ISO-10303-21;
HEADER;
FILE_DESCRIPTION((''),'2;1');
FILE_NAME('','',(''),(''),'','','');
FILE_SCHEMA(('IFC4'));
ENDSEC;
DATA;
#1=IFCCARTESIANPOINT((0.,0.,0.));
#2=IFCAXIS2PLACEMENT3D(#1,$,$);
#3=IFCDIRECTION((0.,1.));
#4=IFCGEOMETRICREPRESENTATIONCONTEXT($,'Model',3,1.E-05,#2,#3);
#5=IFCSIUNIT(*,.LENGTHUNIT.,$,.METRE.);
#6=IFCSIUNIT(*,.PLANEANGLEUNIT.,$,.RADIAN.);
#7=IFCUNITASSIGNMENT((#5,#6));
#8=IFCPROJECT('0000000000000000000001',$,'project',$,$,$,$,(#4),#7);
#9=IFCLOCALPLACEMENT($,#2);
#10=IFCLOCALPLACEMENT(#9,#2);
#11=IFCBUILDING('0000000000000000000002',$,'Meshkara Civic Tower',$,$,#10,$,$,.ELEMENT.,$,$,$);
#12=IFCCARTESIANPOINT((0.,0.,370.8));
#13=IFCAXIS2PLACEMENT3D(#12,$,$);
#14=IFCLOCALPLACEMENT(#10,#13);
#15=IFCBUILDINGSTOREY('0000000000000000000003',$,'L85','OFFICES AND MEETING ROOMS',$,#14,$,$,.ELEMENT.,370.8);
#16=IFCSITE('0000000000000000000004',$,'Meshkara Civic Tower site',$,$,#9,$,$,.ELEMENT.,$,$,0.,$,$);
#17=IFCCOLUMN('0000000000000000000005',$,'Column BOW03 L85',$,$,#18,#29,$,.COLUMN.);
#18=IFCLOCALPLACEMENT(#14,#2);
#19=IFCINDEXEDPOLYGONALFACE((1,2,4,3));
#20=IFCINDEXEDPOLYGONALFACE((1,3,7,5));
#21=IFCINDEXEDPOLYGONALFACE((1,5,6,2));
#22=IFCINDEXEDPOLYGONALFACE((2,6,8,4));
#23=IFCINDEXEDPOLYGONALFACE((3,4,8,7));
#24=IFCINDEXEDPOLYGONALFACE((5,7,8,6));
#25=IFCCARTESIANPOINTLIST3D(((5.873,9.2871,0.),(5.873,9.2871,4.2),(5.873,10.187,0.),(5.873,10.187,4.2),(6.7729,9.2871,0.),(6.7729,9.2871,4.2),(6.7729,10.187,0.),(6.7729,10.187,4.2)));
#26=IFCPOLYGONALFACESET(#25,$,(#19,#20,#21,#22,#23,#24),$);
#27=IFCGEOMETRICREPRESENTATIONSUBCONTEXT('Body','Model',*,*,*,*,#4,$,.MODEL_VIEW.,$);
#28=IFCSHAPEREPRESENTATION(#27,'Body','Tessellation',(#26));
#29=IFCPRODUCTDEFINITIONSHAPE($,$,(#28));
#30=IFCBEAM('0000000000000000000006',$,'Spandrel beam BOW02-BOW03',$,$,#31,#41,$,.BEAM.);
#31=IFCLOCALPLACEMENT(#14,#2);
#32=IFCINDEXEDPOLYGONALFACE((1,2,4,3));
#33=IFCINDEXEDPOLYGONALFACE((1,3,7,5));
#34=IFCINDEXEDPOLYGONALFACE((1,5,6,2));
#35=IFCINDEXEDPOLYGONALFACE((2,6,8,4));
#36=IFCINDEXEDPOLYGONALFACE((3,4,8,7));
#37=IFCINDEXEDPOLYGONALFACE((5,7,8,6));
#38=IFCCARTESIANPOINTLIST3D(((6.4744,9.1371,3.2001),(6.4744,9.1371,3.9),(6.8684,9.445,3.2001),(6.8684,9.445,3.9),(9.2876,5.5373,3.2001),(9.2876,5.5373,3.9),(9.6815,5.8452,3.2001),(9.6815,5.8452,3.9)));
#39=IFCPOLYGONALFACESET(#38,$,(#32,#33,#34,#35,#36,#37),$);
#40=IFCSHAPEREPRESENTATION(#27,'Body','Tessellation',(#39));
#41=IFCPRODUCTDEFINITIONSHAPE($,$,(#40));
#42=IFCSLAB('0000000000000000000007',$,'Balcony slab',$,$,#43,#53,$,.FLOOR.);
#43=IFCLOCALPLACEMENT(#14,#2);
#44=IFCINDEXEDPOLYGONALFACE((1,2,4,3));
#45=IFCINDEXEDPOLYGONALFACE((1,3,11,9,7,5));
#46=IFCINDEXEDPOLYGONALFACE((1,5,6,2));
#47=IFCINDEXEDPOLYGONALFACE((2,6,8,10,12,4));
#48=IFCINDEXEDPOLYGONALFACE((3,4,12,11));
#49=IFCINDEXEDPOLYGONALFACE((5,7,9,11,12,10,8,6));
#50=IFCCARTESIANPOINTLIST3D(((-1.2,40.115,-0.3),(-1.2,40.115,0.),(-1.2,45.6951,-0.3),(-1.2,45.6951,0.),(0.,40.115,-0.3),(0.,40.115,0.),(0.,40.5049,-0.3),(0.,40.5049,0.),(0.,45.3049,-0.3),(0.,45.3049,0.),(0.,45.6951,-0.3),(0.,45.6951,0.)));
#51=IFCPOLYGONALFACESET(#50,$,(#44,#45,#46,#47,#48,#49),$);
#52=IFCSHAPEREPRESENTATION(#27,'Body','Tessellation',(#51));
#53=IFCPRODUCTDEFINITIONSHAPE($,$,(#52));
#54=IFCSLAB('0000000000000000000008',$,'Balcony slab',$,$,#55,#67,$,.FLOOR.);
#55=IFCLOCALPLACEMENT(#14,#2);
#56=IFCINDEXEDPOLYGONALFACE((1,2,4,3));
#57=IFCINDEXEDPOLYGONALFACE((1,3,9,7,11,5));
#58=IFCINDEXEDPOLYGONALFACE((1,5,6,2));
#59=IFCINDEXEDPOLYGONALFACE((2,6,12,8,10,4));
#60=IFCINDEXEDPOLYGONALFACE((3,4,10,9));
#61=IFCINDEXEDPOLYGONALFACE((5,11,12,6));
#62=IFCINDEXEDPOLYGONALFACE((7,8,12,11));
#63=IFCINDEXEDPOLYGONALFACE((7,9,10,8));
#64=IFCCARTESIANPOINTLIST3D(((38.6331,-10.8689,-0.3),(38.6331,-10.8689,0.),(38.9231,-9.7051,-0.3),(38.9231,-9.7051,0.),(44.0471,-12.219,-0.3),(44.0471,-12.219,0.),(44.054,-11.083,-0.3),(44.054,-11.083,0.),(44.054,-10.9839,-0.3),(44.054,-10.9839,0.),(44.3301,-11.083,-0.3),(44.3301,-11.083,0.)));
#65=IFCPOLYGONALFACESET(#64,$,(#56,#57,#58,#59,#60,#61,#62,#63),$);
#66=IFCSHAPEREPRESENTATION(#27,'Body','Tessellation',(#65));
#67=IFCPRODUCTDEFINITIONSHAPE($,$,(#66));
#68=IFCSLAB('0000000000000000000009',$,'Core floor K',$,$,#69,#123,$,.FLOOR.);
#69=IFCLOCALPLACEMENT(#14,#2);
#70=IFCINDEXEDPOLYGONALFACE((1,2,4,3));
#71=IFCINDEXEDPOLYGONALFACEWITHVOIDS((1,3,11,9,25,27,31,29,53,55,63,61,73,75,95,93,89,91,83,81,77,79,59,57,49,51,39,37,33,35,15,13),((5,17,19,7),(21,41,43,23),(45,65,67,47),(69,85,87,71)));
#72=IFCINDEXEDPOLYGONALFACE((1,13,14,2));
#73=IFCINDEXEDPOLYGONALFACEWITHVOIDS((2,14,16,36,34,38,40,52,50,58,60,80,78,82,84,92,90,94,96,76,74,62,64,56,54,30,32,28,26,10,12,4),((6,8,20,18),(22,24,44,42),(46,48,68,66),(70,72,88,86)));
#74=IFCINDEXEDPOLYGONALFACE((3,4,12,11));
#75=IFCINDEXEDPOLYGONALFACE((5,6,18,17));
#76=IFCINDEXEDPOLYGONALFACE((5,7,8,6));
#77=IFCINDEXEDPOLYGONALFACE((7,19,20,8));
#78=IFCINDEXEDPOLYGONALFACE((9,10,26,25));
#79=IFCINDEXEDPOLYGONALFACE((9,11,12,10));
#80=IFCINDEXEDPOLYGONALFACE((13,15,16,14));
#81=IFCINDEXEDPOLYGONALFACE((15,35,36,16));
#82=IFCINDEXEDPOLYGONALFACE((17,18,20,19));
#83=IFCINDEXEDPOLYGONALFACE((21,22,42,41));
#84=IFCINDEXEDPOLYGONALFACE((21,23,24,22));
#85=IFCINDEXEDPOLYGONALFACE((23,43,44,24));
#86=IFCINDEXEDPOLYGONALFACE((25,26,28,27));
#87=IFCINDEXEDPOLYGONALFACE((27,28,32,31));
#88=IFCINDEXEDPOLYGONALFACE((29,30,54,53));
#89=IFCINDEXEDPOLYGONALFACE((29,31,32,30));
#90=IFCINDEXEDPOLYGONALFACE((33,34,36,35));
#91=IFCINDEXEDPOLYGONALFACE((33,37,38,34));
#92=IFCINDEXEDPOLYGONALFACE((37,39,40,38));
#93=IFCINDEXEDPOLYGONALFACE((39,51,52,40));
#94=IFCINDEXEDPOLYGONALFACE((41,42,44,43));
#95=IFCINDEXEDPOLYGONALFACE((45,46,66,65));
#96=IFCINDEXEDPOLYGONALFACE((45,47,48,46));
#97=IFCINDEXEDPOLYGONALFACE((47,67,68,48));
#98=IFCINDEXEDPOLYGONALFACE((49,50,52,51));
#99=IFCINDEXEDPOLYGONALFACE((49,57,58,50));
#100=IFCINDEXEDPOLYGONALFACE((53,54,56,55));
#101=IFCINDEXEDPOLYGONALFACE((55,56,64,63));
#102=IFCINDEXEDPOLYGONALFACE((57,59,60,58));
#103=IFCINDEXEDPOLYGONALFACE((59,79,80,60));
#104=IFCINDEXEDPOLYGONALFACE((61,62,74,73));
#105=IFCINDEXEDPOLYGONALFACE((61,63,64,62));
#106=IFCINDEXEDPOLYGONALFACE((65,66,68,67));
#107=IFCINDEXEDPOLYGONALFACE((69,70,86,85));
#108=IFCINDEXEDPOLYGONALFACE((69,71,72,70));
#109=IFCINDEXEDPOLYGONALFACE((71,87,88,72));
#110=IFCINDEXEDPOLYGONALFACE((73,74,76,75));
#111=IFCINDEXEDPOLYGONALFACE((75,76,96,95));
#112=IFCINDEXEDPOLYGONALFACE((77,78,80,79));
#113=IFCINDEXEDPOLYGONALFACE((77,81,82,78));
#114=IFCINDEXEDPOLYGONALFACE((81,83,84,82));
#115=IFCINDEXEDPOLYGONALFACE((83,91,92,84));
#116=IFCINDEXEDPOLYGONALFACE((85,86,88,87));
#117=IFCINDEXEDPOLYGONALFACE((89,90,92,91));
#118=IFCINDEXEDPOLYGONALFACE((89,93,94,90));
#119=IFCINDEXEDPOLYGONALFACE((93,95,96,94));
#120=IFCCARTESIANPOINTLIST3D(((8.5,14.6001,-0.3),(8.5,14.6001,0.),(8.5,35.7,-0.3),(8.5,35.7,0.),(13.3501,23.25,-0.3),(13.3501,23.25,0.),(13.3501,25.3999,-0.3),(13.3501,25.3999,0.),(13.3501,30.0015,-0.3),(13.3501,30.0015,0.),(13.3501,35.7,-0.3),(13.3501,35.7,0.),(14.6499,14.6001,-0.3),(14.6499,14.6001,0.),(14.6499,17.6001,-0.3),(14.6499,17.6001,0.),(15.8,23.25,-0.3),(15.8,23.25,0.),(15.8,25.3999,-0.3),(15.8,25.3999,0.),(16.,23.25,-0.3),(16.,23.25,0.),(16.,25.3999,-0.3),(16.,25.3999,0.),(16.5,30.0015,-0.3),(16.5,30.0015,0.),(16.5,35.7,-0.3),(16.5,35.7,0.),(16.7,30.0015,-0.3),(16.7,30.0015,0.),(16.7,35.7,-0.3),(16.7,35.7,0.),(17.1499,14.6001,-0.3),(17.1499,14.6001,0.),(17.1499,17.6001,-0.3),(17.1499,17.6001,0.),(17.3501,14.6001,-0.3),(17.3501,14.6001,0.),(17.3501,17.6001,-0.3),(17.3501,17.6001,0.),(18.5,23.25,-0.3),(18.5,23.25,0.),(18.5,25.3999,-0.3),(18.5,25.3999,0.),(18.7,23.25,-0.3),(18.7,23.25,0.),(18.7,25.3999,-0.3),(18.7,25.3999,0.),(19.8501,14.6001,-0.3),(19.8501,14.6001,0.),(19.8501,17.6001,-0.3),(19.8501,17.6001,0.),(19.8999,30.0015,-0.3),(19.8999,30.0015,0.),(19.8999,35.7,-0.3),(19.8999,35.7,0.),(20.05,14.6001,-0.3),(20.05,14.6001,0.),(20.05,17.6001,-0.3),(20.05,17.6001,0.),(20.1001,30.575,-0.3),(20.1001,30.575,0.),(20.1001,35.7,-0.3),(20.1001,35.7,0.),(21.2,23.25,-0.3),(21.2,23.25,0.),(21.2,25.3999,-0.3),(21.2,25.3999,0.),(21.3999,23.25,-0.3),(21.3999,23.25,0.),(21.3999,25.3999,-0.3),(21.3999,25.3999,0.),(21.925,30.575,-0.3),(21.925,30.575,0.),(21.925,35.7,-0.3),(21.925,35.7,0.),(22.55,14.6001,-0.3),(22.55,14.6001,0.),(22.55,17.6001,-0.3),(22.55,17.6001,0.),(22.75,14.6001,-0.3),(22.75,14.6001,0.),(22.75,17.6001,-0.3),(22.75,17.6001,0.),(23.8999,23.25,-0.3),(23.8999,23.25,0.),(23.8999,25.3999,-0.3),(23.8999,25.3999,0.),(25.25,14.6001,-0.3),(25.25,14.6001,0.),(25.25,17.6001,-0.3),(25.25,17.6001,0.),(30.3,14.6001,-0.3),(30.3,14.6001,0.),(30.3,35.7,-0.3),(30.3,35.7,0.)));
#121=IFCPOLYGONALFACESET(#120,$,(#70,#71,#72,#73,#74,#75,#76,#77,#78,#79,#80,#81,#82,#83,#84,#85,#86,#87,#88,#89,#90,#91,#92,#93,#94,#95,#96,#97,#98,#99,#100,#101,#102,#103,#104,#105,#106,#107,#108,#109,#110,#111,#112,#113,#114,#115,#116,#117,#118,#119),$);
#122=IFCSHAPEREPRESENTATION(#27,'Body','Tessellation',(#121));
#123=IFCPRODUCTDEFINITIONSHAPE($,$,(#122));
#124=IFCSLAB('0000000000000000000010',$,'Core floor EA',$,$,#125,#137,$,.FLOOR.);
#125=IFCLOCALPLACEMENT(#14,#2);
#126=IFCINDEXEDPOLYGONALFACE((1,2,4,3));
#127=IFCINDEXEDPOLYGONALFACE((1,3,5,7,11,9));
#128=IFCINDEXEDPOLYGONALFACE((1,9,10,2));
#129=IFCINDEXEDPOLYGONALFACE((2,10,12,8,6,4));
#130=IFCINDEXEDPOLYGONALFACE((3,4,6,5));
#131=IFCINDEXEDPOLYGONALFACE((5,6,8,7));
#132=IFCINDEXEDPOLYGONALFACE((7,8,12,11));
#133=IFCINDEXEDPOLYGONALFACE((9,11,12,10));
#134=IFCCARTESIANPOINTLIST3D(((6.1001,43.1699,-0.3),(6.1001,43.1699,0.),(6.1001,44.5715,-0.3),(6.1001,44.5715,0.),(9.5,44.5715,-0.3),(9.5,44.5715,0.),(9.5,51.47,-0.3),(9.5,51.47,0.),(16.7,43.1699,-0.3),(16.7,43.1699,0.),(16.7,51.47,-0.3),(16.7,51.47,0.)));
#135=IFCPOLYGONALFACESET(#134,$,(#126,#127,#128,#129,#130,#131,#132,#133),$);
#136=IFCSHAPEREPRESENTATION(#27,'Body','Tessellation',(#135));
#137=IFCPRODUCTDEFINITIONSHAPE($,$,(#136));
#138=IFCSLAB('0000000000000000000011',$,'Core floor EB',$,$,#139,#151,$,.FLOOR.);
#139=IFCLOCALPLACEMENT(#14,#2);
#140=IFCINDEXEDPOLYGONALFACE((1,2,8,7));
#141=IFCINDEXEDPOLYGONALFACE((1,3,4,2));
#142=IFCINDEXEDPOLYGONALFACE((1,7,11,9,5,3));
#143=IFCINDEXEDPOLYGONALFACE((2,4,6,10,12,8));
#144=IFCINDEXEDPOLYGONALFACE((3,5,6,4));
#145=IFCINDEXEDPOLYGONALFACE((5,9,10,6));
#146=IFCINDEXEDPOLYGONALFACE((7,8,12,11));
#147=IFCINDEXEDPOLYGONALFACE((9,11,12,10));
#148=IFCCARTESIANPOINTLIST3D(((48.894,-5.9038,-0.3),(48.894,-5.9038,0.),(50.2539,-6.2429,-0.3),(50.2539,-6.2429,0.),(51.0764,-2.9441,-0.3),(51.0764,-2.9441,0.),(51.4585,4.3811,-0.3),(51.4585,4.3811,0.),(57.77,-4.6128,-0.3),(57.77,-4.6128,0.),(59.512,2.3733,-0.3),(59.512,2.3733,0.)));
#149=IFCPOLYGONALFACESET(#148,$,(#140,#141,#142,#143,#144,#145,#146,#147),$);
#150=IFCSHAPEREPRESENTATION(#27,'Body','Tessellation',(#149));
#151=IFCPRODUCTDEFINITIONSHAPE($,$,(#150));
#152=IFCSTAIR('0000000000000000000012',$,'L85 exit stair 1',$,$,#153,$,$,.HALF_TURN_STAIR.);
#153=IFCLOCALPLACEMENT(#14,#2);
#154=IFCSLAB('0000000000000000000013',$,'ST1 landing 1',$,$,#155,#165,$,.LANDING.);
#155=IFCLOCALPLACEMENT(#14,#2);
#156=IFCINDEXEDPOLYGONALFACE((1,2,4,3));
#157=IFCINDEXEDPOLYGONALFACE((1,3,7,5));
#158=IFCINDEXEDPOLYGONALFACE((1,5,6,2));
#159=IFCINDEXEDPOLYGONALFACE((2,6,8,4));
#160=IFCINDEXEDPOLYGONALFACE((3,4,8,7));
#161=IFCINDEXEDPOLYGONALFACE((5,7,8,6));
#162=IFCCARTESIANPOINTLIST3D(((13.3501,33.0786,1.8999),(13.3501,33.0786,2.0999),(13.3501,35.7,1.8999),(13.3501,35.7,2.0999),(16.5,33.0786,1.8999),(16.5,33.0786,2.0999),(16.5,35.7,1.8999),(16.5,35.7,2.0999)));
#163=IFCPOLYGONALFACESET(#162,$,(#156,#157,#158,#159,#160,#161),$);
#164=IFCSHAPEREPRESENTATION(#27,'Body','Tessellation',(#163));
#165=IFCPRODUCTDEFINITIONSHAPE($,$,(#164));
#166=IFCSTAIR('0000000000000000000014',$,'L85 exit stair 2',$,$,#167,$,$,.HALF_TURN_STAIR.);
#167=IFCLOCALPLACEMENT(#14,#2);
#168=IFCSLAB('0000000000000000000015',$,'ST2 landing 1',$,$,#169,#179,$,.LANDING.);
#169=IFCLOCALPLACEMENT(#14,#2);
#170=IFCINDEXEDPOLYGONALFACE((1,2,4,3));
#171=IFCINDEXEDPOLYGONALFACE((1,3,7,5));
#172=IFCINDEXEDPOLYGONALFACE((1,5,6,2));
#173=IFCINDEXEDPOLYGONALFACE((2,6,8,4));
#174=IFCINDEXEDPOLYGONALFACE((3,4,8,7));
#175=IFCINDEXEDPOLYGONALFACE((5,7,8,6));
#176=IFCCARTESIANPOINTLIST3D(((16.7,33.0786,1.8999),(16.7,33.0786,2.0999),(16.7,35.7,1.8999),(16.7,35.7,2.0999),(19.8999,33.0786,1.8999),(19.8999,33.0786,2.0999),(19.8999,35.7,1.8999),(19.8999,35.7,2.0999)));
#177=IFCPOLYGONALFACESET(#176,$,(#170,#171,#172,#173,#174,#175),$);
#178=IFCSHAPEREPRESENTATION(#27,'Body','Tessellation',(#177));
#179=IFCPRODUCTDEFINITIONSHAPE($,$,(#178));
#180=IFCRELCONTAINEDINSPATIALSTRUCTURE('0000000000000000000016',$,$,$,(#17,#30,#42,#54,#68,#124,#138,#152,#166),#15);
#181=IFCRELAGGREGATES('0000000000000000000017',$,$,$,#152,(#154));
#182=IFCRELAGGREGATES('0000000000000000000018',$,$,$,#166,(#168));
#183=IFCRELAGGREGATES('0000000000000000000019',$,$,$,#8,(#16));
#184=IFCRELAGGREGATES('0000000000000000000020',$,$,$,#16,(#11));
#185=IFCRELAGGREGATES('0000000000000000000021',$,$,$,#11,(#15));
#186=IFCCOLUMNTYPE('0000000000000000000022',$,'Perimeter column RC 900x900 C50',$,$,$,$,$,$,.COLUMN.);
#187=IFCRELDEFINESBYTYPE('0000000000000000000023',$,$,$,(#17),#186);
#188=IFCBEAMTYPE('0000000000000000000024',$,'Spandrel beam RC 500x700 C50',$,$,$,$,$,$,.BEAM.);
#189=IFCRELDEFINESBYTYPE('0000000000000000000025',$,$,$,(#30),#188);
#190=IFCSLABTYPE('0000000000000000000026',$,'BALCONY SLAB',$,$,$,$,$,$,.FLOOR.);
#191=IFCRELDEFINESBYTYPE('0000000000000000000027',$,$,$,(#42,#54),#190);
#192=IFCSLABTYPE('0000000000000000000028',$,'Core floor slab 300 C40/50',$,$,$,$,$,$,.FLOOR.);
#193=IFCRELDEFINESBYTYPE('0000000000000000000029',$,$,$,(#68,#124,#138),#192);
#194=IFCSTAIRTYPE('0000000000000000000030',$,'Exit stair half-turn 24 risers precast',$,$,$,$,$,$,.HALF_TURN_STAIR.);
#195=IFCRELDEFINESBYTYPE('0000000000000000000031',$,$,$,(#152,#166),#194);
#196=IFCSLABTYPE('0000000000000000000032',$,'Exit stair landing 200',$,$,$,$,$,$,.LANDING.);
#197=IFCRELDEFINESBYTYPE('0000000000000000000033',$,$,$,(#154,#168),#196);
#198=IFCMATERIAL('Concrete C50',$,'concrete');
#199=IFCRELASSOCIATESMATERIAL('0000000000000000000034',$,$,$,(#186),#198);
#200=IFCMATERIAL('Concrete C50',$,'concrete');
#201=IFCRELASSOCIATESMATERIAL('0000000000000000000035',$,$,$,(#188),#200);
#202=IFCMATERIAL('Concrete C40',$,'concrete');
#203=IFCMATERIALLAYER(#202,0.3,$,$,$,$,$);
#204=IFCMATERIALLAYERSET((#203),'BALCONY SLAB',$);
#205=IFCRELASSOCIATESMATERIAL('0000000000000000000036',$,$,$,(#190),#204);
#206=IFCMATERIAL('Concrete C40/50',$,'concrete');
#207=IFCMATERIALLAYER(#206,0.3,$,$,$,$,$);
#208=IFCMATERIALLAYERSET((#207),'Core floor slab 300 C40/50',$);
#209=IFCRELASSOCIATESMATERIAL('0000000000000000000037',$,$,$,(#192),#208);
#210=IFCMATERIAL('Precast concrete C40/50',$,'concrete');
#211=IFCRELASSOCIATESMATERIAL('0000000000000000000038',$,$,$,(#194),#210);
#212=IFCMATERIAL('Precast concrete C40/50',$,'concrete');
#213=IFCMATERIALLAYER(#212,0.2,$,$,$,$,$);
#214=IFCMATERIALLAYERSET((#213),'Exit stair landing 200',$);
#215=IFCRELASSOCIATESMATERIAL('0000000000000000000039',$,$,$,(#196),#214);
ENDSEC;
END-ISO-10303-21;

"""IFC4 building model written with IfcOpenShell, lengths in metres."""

from ifc_helpers import new_model, si_unit, direction, frame, origin, origin_2d, place, context, subcontext, project, spatial, polyline, rectangle, outline, extrude, material, layer, layer_set, material_profile, profile_set, type_object, element, aggregate, save


model = new_model("IFC4")

# Units and contexts
model_context = context("Model", 3, precision=1e-05, world=origin(), true_north=direction((0.0, 1.0)))
body_context = subcontext(model_context, "Body", "Model", "MODEL_VIEW")
ifc_project = project(units=[si_unit("LENGTHUNIT", "METRE"), si_unit("PLANEANGLEUNIT", "RADIAN")], contexts=[model_context])

# Site, building, storey
site_placement = place(None, origin())
site = spatial("IfcSite", under=ifc_project, at=site_placement, Name="Meshkara Civic Tower site", CompositionType="ELEMENT", RefElevation=0.0)
building_placement = place(site_placement, origin())
building = spatial("IfcBuilding", under=site, at=building_placement, Name="Meshkara Civic Tower", CompositionType="ELEMENT")
storey_placement = place(building_placement, frame((0.0, 0.0, 370.8)))
storey = spatial("IfcBuildingStorey", under=building, at=storey_placement, Name="L85", Description="OFFICES AND MEETING ROOMS", CompositionType="ELEMENT", Elevation=370.8)

# Column
ifc_material_1 = material(Name="Concrete C50", Category="concrete")
ifc_material_profile_1 = material_profile(ifc_material_1, rectangle(XDim=0.8999, YDim=0.8999, at=origin_2d()))
ifc_profile_set_1 = profile_set([ifc_material_profile_1], Name="Concrete C50")
column_type = type_object("IfcColumnType", Name="Perimeter column RC 900x900 C50", PredefinedType="COLUMN", material=ifc_profile_set_1)
column_placement = place(storey_placement, frame((6.323, 9.7371, 0.0), z_axis=(0.0, 0.0, 1.0), x_axis=(1.0, 0.0, 0.0)))
element("IfcColumn", 1, at=column_placement, inside=storey, type_object=column_type, Name="Column BOW03 L85", PredefinedType="COLUMN", context=body_context, shape_type="SweptSolid", body=[
    extrude(rectangle(XDim=0.8999, YDim=0.8999, at=origin_2d()), origin(), (0.0, 0.0, 1.0), 4.2),
])

# Beam
ifc_material_2 = material(Name="Concrete C50", Category="concrete")
ifc_material_profile_2 = material_profile(ifc_material_2, rectangle(XDim=0.5, YDim=0.7, at=origin_2d()))
ifc_profile_set_2 = profile_set([ifc_material_profile_2], Name="Concrete C50")
beam_type = type_object("IfcBeamType", Name="Spandrel beam RC 500x700 C50", PredefinedType="BEAM", material=ifc_profile_set_2)
beam_placement = place(storey_placement, frame((6.6714, 9.291, 3.55), z_axis=(0.615759, -0.787934, 0.0), x_axis=(0.787934, 0.615759, 0.0)))
element("IfcBeam", 2, at=beam_placement, inside=storey, type_object=beam_type, Name="Spandrel beam BOW02-BOW03", PredefinedType="BEAM", context=body_context, shape_type="SweptSolid", body=[
    extrude(rectangle(XDim=0.5, YDim=0.7, at=origin_2d()), origin(), (0.0, 0.0, 1.0), 4.5686),
])

# Slabs
ifc_material_3 = material(Name="Concrete C40", Category="concrete")
ifc_layer_1 = layer(ifc_material_3, 0.3)
ifc_layer_set_1 = layer_set([ifc_layer_1], Name="BALCONY SLAB")
slab_type_1 = type_object("IfcSlabType", Name="BALCONY SLAB", PredefinedType="FLOOR", material=ifc_layer_set_1)
slab_1_placement = place(storey_placement, frame((0.0, 0.0, -0.3)))
element("IfcSlab", 3, at=slab_1_placement, inside=storey, type_object=slab_type_1, Name="Balcony slab", PredefinedType="FLOOR", context=body_context, shape_type="SweptSolid", body=[
    extrude(outline(polyline([(0.0, 40.5049), (0.0, 40.115), (-1.2, 40.115), (-1.2, 45.6951), (0.0, 45.6951), (0.0, 45.3049), (0.0, 40.5049)])), origin(), (0.0, 0.0, 1.0), 0.3),
])
slab_2_placement = place(storey_placement, frame((0.0, 0.0, -0.3)))
element("IfcSlab", 4, at=slab_2_placement, inside=storey, type_object=slab_type_1, Name="Balcony slab", PredefinedType="FLOOR", context=body_context, shape_type="SweptSolid", body=[
    extrude(outline(polyline([(44.0471, -12.219), (38.6331, -10.8689), (38.9231, -9.7051), (44.054, -10.9839), (44.054, -11.083), (44.3301, -11.083), (44.0471, -12.219)])), origin(), (0.0, 0.0, 1.0), 0.3),
])
ifc_material_4 = material(Name="Concrete C40/50", Category="concrete")
ifc_layer_2 = layer(ifc_material_4, 0.3)
ifc_layer_set_2 = layer_set([ifc_layer_2], Name="Core floor slab 300 C40/50")
slab_type_2 = type_object("IfcSlabType", Name="Core floor slab 300 C40/50", PredefinedType="FLOOR", material=ifc_layer_set_2)
slab_3_placement = place(storey_placement, frame((0.0, 0.0, -0.3)))
element("IfcSlab", 5, at=slab_3_placement, inside=storey, type_object=slab_type_2, Name="Core floor K", PredefinedType="FLOOR", context=body_context, shape_type="SweptSolid", body=[
    extrude(outline(polyline([(8.5, 35.7), (13.3501, 35.7), (13.3501, 30.0015), (16.5, 30.0015), (16.5, 35.7), (16.7, 35.7), (16.7, 30.0015), (19.8999, 30.0015), (19.8999, 35.7), (20.1001, 35.7), (20.1001, 30.575), (21.925, 30.575), (21.925, 35.7), (30.3, 35.7), (30.3, 14.6001), (25.25, 14.6001), (25.25, 17.6001), (22.75, 17.6001), (22.75, 14.6001), (22.55, 14.6001), (22.55, 17.6001), (20.05, 17.6001), (20.05, 14.6001), (19.8501, 14.6001), (19.8501, 17.6001), (17.3501, 17.6001), (17.3501, 14.6001), (17.1499, 14.6001), (17.1499, 17.6001), (14.6499, 17.6001), (14.6499, 14.6001), (8.5, 14.6001), (8.5, 35.7)]), holes=[polyline([(13.3501, 23.25), (15.8, 23.25), (15.8, 25.3999), (13.3501, 25.3999), (13.3501, 23.25)]), polyline([(18.5, 23.25), (18.5, 25.3999), (16.0, 25.3999), (16.0, 23.25), (18.5, 23.25)]), polyline([(18.7, 23.25), (21.2, 23.25), (21.2, 25.3999), (18.7, 25.3999), (18.7, 23.25)]), polyline([(21.3999, 23.25), (23.8999, 23.25), (23.8999, 25.3999), (21.3999, 25.3999), (21.3999, 23.25)])]), origin(), (0.0, 0.0, 1.0), 0.3),
])
slab_4_placement = place(storey_placement, frame((0.0, 0.0, -0.3)))
element("IfcSlab", 6, at=slab_4_placement, inside=storey, type_object=slab_type_2, Name="Core floor EA", PredefinedType="FLOOR", context=body_context, shape_type="SweptSolid", body=[
    extrude(outline(polyline([(16.7, 43.1699), (16.7, 51.47), (9.5, 51.47), (9.5, 44.5715), (6.1001, 44.5715), (6.1001, 43.1699), (16.7, 43.1699)])), origin(), (0.0, 0.0, 1.0), 0.3),
])
slab_5_placement = place(storey_placement, frame((0.0, 0.0, -0.3)))
element("IfcSlab", 7, at=slab_5_placement, inside=storey, type_object=slab_type_2, Name="Core floor EB", PredefinedType="FLOOR", context=body_context, shape_type="SweptSolid", body=[
    extrude(outline(polyline([(51.4585, 4.3811), (59.512, 2.3733), (57.77, -4.6128), (51.0764, -2.9441), (50.2539, -6.2429), (48.894, -5.9038), (51.4585, 4.3811)])), origin(), (0.0, 0.0, 1.0), 0.3),
])

# Stairs, slabs
ifc_material_5 = material(Name="Precast concrete C40/50", Category="concrete")
stair_type = type_object("IfcStairType", Name="Exit stair half-turn 24 risers precast", PredefinedType="HALF_TURN_STAIR", material=ifc_material_5)
stair_1_placement = place(storey_placement, origin())
stair_1 = element("IfcStair", 8, at=stair_1_placement, inside=storey, type_object=stair_type, Name="L85 exit stair 1", PredefinedType="HALF_TURN_STAIR")
ifc_material_6 = material(Name="Precast concrete C40/50", Category="concrete")
ifc_layer_3 = layer(ifc_material_6, 0.2)
ifc_layer_set_3 = layer_set([ifc_layer_3], Name="Exit stair landing 200")
slab_type_3 = type_object("IfcSlabType", Name="Exit stair landing 200", PredefinedType="LANDING", material=ifc_layer_set_3)
slab_6_placement = place(storey_placement, frame((0.0, 0.0, 1.8999)))
slab_6 = element("IfcSlab", 9, at=slab_6_placement, type_object=slab_type_3, Name="ST1 landing 1", PredefinedType="LANDING", context=body_context, shape_type="SweptSolid", body=[
    extrude(outline(polyline([(16.5, 33.0786), (16.5, 35.7), (13.3501, 35.7), (13.3501, 33.0786), (16.5, 33.0786)])), origin(), (0.0, 0.0, 1.0), 0.2),
])
aggregate(stair_1, [slab_6])
stair_2_placement = place(storey_placement, origin())
stair_2 = element("IfcStair", 10, at=stair_2_placement, inside=storey, type_object=stair_type, Name="L85 exit stair 2", PredefinedType="HALF_TURN_STAIR")
slab_7_placement = place(storey_placement, frame((0.0, 0.0, 1.8999)))
slab_7 = element("IfcSlab", 11, at=slab_7_placement, type_object=slab_type_3, Name="ST2 landing 1", PredefinedType="LANDING", context=body_context, shape_type="SweptSolid", body=[
    extrude(outline(polyline([(19.8999, 33.0786), (19.8999, 35.7), (16.7, 35.7), (16.7, 33.0786), (19.8999, 33.0786)])), origin(), (0.0, 0.0, 1.0), 0.2),
])
aggregate(stair_2, [slab_7])

save(model, "model.ifc")
